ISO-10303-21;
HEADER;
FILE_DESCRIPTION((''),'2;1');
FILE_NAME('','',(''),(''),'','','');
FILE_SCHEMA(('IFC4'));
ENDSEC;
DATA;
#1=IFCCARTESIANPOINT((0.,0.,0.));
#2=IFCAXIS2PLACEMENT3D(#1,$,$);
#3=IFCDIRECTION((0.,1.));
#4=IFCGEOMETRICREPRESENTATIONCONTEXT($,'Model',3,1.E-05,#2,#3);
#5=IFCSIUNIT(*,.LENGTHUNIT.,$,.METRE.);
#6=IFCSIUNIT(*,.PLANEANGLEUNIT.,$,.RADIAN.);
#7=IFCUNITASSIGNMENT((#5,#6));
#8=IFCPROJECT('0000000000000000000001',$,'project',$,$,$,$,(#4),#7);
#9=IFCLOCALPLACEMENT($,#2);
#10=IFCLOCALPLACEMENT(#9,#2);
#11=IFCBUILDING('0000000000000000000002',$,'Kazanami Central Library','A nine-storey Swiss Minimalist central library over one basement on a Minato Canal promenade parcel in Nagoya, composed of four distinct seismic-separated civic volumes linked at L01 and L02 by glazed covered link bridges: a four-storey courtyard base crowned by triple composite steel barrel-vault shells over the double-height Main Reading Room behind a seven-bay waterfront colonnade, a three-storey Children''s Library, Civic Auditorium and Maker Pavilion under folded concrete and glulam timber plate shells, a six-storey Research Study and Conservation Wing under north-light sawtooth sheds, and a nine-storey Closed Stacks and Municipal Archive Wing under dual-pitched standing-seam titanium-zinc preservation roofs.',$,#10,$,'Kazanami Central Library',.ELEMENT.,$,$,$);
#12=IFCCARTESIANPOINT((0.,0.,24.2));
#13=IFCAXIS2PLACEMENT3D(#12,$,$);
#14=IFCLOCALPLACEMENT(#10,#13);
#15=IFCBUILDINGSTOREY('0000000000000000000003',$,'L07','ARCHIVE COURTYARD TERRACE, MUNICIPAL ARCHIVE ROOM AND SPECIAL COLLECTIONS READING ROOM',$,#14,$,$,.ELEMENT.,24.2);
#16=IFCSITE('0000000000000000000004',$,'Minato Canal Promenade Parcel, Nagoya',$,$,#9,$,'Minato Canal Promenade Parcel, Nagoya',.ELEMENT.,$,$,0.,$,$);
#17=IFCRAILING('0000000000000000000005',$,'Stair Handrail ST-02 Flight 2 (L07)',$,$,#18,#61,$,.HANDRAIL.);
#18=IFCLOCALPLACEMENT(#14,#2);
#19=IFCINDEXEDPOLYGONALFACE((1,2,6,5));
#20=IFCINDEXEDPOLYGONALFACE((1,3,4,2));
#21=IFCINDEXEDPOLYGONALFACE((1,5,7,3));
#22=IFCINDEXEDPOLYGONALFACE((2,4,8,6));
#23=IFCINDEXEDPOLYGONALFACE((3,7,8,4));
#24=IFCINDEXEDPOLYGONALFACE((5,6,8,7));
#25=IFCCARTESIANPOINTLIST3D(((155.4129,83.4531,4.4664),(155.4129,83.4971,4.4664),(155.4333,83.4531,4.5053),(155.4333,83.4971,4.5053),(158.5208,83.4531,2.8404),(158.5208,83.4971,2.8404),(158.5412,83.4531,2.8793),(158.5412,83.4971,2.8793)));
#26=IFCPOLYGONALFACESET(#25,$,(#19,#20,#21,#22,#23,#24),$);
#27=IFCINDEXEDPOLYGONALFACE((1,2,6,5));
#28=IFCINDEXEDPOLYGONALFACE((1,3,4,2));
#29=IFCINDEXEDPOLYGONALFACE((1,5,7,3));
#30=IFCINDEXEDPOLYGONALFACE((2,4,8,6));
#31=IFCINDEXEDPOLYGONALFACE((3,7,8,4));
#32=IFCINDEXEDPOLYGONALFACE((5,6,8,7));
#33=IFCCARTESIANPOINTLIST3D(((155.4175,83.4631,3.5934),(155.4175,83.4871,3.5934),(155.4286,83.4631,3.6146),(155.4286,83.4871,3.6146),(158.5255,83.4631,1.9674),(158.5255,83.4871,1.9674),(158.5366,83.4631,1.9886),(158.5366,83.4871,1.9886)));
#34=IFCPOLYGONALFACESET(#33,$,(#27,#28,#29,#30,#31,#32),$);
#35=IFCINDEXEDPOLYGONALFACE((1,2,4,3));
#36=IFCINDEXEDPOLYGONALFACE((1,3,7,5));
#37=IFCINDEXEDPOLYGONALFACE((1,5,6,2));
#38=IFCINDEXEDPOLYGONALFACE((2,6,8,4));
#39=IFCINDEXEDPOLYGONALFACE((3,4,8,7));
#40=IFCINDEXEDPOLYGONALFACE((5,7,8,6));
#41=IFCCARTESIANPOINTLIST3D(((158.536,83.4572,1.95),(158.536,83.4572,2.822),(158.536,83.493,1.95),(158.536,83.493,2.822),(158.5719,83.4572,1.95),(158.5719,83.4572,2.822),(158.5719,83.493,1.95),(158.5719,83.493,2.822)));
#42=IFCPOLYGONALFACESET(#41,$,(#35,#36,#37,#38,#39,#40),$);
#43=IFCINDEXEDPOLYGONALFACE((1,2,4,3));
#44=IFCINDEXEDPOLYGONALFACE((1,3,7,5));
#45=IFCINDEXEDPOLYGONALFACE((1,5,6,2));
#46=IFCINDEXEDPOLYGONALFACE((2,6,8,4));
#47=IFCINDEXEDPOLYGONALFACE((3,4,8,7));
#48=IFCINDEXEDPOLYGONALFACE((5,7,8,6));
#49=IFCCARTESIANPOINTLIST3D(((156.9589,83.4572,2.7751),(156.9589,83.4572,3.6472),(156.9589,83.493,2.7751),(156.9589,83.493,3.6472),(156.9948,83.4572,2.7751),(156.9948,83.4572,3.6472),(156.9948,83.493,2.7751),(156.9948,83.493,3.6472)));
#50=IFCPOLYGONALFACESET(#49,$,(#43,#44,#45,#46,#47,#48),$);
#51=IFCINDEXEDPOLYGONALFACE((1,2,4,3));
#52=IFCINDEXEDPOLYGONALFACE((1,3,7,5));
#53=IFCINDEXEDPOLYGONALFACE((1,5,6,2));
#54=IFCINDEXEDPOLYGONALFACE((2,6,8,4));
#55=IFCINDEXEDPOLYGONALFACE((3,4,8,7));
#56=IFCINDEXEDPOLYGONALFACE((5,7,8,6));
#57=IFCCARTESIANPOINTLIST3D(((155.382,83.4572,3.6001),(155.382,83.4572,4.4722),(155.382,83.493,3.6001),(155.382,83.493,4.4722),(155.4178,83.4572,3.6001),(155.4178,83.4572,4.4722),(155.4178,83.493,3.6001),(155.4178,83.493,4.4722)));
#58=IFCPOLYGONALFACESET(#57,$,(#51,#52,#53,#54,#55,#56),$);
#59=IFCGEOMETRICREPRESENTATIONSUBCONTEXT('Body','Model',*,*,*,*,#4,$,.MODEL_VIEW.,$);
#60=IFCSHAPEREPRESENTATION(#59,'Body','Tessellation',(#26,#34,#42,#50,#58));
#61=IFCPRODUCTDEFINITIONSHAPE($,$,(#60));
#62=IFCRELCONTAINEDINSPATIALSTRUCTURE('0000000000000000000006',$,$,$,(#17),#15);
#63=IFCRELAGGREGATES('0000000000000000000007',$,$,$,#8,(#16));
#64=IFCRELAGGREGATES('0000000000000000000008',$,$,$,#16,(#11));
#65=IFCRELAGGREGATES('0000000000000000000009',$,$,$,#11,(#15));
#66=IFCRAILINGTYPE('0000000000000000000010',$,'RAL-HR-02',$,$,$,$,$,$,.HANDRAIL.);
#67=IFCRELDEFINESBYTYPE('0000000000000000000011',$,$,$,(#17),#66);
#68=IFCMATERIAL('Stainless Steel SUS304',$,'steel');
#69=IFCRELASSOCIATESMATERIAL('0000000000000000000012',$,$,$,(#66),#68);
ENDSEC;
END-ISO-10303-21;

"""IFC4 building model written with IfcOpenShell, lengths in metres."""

from ifc_helpers import new_model, si_unit, direction, frame, origin, origin_2d, place, context, subcontext, project, spatial, rectangle, extrude, material, type_object, element, save


model = new_model("IFC4")

# Units and contexts
model_context = context("Model", 3, precision=1e-05, world=origin(), true_north=direction((0.0, 1.0)))
body_context = subcontext(model_context, "Body", "Model", "MODEL_VIEW")
ifc_project = project(units=[si_unit("LENGTHUNIT", "METRE"), si_unit("PLANEANGLEUNIT", "RADIAN")], contexts=[model_context])

# Site, building, storey
site_placement = place(None, origin())
site = spatial("IfcSite", under=ifc_project, at=site_placement, Name="Minato Canal Promenade Parcel, Nagoya", LongName="Minato Canal Promenade Parcel, Nagoya", CompositionType="ELEMENT", RefElevation=0.0)
building_placement = place(site_placement, origin())
building = spatial("IfcBuilding", under=site, at=building_placement, Name="Kazanami Central Library", Description="A nine-storey Swiss Minimalist central library over one basement on a Minato Canal promenade parcel in Nagoya, composed of four distinct seismic-separated civic volumes linked at L01 and L02 by glazed covered link bridges: a four-storey courtyard base crowned by triple composite steel barrel-vault shells over the double-height Main Reading Room behind a seven-bay waterfront colonnade, a three-storey Children's Library, Civic Auditorium and Maker Pavilion under folded concrete and glulam timber plate shells, a six-storey Research Study and Conservation Wing under north-light sawtooth sheds, and a nine-storey Closed Stacks and Municipal Archive Wing under dual-pitched standing-seam titanium-zinc preservation roofs.", LongName="Kazanami Central Library", CompositionType="ELEMENT")
storey_placement = place(building_placement, frame((0.0, 0.0, 24.2)))
storey = spatial("IfcBuildingStorey", under=building, at=storey_placement, Name="L07", Description="ARCHIVE COURTYARD TERRACE, MUNICIPAL ARCHIVE ROOM AND SPECIAL COLLECTIONS READING ROOM", CompositionType="ELEMENT", Elevation=24.2)

# Railing
ifc_material_1 = material(Name="Stainless Steel SUS304", Category="steel")
railing_type_1 = type_object("IfcRailingType", Name="RAL-HR-02", PredefinedType="HANDRAIL", material=ifc_material_1)
railing_1_placement = place(storey_placement, frame((158.554, 83.4751, 1.95)))
element("IfcRailing", 1, at=railing_1_placement, inside=storey, type_object=railing_type_1, Name="Stair Handrail ST-02 Flight 2 (L07)", PredefinedType="HANDRAIL", context=body_context, shape_type="SweptSolid", body=[
    extrude(rectangle(XDim=0.0439, YDim=0.0439, at=origin_2d()), frame((-0.0229, 0.0, 0.9099), z_axis=(-0.88606, 0.0, 0.463571), x_axis=(0.0, -1.0, 0.0)), (0.0, 0.0, 1.0), 3.5076),
    extrude(rectangle(XDim=0.0239, YDim=0.0239, at=origin_2d()), frame((-0.0229, 0.0, 0.0281), z_axis=(-0.88606, 0.0, 0.463571), x_axis=(0.0, -1.0, 0.0)), (0.0, 0.0, 1.0), 3.5076),
    extrude(rectangle(XDim=0.0359, YDim=0.0359, at=origin_2d()), origin(), (0.0, 0.0, 1.0), 0.8721),
    extrude(rectangle(XDim=0.0359, YDim=0.0359, at=origin_2d()), frame((-1.5771, 0.0, 0.8252)), (0.0, 0.0, 1.0), 0.8721),
    extrude(rectangle(XDim=0.0359, YDim=0.0359, at=origin_2d()), frame((-3.1541, 0.0, 1.6501)), (0.0, 0.0, 1.0), 0.8721),
])

save(model, "model.ifc")
